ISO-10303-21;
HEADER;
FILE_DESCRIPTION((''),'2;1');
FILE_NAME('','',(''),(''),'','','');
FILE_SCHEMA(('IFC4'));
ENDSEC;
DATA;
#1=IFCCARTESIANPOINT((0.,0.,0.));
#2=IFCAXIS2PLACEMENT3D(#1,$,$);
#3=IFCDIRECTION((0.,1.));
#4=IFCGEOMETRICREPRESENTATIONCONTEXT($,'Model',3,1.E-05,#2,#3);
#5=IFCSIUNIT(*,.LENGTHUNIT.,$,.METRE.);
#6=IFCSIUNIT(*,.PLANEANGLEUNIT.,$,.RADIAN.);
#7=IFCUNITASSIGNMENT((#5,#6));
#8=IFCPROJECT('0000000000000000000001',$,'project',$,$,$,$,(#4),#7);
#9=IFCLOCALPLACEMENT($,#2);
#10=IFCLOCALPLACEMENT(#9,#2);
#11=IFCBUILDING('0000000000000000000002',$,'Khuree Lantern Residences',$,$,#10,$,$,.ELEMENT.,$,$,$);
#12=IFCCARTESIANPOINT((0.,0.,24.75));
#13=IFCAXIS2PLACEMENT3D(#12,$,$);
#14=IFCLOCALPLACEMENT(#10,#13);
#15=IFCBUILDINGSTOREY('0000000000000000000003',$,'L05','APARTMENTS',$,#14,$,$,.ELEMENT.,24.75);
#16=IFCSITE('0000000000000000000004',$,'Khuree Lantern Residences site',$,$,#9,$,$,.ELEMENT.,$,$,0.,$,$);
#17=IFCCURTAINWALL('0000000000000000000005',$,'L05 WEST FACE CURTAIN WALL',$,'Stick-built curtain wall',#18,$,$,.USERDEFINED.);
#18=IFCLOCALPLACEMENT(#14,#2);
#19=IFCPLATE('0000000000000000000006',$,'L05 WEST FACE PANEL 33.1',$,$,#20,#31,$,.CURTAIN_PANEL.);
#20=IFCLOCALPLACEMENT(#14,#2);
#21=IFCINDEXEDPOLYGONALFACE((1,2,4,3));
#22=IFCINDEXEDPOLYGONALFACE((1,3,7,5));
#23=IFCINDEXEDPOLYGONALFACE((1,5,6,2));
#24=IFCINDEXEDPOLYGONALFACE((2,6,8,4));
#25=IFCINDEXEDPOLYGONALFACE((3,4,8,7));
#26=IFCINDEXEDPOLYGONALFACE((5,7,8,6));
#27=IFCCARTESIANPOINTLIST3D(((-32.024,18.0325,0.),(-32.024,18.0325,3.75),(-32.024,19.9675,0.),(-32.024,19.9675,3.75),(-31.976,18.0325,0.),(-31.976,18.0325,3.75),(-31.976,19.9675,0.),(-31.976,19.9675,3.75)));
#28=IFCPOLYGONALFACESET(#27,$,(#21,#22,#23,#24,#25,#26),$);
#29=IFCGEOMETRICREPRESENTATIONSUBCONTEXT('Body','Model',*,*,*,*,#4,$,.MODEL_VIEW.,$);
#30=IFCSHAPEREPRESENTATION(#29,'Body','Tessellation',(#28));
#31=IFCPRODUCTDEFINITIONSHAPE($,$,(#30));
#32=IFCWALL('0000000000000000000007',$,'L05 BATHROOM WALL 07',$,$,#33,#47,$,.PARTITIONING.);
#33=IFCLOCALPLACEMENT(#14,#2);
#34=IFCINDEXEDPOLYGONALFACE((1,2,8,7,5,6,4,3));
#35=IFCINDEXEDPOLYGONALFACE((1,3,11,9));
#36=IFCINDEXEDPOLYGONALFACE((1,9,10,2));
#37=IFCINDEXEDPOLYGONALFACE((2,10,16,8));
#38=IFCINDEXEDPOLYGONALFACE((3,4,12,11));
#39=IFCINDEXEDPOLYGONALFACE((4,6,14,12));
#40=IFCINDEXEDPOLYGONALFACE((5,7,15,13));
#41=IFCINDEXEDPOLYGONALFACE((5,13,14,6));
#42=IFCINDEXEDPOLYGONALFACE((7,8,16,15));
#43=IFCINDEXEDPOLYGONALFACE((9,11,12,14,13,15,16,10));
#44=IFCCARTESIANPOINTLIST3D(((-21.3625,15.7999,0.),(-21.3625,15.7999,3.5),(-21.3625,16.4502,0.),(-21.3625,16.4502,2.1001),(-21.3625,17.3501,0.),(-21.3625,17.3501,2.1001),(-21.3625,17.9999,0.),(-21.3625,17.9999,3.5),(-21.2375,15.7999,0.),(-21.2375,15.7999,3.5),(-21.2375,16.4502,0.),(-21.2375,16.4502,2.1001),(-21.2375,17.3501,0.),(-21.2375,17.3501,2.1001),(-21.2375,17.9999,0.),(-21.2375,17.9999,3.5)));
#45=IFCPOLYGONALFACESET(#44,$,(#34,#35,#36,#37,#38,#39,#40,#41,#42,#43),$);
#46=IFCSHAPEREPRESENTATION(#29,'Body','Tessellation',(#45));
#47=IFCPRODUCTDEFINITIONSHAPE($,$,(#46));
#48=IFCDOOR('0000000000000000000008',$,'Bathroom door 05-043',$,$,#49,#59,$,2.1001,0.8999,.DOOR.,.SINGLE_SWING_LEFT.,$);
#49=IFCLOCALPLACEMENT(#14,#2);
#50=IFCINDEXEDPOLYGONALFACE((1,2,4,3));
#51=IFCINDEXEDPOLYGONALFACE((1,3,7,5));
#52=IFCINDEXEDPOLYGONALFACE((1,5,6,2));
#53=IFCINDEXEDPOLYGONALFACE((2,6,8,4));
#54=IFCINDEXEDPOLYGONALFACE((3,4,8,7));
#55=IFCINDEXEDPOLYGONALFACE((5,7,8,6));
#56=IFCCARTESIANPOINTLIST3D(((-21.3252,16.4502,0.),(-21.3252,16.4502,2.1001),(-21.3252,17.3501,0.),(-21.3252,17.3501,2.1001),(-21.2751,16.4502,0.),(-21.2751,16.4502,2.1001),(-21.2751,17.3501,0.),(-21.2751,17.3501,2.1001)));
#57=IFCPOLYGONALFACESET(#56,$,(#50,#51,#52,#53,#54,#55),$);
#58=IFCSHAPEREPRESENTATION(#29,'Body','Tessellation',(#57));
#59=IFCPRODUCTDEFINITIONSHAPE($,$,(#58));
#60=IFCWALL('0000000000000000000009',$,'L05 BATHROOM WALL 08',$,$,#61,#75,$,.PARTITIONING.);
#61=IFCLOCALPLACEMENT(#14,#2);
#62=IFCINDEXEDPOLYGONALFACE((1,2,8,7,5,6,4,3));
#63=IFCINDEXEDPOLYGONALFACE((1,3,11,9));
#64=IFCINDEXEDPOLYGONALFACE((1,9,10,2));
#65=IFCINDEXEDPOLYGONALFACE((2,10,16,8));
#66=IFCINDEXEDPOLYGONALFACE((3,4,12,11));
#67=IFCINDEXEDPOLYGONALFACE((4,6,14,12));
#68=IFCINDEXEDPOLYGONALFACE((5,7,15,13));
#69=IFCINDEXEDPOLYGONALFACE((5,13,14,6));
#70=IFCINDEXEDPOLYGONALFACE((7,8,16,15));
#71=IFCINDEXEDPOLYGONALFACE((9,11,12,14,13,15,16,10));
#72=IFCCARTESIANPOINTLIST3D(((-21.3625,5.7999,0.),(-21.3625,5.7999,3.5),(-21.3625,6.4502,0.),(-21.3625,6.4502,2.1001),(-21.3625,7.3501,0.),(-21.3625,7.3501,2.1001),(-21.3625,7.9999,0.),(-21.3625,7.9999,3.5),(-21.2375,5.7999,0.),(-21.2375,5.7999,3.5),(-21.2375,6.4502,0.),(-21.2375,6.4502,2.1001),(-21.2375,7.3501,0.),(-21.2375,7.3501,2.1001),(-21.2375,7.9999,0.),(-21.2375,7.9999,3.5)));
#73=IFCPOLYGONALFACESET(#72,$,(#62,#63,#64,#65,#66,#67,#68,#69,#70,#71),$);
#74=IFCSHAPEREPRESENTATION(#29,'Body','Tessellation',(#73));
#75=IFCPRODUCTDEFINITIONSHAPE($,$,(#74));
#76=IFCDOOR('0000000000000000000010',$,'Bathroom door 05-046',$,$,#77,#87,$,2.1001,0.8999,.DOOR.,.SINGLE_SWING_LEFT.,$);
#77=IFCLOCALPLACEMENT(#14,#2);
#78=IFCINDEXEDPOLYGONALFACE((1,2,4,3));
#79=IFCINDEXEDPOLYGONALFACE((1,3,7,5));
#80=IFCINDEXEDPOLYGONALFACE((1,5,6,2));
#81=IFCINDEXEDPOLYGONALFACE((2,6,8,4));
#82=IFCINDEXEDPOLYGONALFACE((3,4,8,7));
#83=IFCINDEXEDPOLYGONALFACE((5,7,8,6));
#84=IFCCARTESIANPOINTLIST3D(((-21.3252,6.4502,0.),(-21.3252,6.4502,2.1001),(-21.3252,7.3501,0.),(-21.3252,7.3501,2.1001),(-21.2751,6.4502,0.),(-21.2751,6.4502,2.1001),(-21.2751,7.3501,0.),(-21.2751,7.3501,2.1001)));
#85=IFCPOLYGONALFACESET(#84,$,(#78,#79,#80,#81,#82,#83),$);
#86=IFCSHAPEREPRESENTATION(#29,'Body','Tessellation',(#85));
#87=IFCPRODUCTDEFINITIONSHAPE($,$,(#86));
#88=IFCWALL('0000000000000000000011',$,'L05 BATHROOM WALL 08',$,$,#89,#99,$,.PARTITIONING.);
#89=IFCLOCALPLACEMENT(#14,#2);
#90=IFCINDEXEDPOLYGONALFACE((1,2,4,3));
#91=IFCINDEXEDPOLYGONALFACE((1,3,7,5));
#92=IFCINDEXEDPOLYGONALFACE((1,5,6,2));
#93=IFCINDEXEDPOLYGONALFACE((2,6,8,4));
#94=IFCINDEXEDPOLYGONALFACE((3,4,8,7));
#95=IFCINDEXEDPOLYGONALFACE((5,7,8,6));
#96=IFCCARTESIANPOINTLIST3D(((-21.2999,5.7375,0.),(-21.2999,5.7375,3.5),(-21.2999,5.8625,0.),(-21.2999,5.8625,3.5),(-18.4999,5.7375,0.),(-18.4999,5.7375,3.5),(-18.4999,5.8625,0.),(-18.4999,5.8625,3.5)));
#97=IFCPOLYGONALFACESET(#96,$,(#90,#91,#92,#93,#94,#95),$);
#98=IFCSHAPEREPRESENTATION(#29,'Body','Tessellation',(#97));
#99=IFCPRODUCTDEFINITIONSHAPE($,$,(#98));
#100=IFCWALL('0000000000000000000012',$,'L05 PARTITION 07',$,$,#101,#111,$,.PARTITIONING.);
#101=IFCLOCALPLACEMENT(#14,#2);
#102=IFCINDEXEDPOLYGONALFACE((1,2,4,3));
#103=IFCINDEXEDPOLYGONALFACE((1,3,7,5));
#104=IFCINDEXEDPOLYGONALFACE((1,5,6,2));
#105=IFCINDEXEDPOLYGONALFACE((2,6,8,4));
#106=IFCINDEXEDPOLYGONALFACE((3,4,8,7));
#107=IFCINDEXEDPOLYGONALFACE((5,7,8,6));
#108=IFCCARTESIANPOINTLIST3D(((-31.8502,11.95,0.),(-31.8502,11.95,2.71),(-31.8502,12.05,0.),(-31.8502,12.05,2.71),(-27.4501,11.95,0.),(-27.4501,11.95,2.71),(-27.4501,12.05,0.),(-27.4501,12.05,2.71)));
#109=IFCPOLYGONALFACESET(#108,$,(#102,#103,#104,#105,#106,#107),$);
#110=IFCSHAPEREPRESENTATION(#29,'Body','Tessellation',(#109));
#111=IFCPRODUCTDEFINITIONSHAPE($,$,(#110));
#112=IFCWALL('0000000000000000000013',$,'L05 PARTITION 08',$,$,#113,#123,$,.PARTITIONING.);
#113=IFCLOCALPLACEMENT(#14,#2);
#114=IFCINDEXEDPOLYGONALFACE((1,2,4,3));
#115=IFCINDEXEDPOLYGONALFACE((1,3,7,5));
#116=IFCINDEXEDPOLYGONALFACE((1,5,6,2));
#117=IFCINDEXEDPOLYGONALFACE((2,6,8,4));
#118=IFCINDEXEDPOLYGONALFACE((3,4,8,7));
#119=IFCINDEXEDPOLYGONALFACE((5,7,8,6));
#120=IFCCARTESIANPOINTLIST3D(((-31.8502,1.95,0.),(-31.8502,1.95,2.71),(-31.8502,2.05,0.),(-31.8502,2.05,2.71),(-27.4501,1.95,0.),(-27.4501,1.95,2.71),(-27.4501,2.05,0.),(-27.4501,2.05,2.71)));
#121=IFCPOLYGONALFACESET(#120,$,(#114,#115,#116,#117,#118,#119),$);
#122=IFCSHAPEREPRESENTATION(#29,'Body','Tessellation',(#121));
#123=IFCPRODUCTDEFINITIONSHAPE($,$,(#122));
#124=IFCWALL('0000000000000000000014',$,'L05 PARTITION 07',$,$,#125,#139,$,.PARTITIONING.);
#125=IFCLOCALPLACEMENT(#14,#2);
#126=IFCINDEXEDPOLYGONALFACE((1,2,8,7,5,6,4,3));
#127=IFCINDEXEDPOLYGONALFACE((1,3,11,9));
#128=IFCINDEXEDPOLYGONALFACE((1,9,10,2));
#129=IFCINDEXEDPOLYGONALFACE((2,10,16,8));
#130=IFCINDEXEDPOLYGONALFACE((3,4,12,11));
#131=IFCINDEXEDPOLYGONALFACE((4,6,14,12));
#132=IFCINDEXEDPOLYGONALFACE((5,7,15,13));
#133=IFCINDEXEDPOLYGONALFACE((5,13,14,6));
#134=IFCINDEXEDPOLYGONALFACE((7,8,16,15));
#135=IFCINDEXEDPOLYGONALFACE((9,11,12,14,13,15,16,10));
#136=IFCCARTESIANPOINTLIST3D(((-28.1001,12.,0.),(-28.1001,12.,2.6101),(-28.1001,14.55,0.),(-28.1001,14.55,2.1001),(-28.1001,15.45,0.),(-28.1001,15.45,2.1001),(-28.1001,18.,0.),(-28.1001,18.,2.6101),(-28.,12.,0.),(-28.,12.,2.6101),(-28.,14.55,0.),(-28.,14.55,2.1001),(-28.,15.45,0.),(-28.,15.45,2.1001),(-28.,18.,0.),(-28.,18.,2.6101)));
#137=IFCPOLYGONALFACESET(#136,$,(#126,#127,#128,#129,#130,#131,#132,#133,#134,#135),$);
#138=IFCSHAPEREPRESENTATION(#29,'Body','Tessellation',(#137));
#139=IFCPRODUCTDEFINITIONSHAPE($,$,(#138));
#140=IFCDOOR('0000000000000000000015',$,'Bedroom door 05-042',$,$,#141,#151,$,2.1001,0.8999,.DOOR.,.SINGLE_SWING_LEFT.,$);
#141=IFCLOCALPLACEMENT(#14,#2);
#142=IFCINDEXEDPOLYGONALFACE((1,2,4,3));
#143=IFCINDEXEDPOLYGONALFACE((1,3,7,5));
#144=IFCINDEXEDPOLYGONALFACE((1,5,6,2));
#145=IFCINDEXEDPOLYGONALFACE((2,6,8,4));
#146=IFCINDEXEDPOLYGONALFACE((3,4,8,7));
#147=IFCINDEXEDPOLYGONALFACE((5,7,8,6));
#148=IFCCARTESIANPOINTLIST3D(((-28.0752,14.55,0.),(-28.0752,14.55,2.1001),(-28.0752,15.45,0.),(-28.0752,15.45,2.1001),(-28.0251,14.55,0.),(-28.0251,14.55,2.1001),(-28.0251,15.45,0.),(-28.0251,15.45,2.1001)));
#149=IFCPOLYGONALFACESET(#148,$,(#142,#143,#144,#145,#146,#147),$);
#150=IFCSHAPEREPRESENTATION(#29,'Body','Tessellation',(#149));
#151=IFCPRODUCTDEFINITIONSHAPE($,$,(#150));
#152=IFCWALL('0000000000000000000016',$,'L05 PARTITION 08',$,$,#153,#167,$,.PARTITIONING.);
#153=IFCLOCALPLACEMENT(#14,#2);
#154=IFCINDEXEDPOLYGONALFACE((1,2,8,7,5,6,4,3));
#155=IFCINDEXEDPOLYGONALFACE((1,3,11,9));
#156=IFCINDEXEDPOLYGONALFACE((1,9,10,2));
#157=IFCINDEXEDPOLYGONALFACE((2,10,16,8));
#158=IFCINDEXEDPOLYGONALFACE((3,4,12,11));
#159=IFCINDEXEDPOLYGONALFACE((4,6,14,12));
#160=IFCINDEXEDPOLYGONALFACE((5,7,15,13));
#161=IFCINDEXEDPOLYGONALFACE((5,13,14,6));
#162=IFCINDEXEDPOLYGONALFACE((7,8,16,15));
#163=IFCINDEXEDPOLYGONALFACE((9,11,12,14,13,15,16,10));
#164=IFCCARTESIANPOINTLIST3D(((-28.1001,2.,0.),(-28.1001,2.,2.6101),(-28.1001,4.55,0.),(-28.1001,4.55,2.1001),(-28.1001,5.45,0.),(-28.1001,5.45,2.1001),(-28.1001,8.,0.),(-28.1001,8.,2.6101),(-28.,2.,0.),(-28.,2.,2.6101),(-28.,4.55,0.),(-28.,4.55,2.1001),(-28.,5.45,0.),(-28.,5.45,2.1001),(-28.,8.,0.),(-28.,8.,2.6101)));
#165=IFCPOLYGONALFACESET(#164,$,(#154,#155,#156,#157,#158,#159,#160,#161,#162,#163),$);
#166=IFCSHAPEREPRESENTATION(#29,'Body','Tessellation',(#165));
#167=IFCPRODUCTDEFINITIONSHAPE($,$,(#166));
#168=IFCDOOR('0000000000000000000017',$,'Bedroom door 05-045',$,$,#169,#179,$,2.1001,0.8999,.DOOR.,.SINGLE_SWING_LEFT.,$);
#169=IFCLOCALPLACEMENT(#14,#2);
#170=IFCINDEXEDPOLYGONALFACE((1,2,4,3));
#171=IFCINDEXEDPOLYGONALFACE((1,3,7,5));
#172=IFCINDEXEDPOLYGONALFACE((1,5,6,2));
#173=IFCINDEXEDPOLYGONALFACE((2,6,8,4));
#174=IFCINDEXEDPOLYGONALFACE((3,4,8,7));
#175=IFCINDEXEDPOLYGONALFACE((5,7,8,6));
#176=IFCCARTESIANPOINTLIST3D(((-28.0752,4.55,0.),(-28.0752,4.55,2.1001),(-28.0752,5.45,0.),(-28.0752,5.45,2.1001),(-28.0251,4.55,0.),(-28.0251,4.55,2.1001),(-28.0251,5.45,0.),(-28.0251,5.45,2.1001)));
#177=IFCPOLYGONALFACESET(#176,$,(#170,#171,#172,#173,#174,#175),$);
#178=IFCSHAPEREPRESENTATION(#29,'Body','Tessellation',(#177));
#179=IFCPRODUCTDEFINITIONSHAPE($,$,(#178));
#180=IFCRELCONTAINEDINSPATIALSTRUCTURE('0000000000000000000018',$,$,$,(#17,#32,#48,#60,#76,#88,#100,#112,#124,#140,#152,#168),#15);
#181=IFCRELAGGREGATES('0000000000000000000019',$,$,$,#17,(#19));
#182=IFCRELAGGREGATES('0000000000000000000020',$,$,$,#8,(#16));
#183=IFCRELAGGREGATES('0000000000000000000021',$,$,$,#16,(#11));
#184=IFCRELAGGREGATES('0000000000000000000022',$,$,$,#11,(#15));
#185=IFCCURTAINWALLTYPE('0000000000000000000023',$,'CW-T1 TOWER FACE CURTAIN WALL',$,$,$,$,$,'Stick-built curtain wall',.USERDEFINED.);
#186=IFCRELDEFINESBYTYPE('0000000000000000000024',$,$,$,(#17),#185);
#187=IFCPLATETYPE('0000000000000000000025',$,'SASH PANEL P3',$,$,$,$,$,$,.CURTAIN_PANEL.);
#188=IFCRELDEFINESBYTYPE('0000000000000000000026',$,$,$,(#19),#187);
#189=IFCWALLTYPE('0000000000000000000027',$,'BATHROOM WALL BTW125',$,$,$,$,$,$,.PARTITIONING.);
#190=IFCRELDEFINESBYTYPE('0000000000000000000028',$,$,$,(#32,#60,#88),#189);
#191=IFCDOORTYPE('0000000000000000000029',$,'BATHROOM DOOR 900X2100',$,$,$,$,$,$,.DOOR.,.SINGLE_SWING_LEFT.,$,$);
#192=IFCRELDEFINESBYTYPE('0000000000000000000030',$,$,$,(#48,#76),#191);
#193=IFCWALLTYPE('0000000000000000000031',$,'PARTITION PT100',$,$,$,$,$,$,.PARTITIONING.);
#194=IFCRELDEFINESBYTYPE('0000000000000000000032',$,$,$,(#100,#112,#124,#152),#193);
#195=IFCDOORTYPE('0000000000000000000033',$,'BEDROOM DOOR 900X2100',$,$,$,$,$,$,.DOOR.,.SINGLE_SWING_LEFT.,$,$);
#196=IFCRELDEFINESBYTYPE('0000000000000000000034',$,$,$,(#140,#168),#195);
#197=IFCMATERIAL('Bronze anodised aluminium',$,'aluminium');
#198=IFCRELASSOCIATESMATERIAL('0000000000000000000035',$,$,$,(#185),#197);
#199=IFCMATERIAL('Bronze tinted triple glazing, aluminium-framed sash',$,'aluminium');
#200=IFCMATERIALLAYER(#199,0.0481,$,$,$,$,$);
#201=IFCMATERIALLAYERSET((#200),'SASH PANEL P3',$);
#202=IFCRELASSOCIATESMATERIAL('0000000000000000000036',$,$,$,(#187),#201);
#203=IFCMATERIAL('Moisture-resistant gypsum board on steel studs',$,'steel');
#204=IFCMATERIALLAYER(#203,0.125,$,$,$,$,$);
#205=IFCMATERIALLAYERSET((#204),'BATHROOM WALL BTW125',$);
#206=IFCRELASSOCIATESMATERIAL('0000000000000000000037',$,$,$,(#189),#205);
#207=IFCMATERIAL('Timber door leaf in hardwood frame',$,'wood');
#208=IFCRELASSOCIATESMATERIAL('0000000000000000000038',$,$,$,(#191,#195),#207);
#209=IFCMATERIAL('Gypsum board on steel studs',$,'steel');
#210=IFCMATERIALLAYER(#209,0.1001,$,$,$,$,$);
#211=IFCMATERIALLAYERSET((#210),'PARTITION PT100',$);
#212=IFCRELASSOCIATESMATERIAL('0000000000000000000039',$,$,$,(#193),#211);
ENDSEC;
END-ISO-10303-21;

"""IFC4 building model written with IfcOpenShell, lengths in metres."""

from ifc_helpers import new_model, si_unit, direction, frame, frame_2d, origin, origin_2d, place, context, subcontext, project, spatial, rectangle, extrude, material, layer, layer_set, type_object, element, fill, aggregate, save


model = new_model("IFC4")

# Units and contexts
model_context = context("Model", 3, precision=1e-05, world=origin(), true_north=direction((0.0, 1.0)))
body_context = subcontext(model_context, "Body", "Model", "MODEL_VIEW")
ifc_project = project(units=[si_unit("LENGTHUNIT", "METRE"), si_unit("PLANEANGLEUNIT", "RADIAN")], contexts=[model_context])

# Site, building, storey
site_placement = place(None, origin())
site = spatial("IfcSite", under=ifc_project, at=site_placement, Name="Khuree Lantern Residences site", CompositionType="ELEMENT", RefElevation=0.0)
building_placement = place(site_placement, origin())
building = spatial("IfcBuilding", under=site, at=building_placement, Name="Khuree Lantern Residences", CompositionType="ELEMENT")
storey_placement = place(building_placement, frame((0.0, 0.0, 24.75)))
storey = spatial("IfcBuildingStorey", under=building, at=storey_placement, Name="L05", Description="APARTMENTS", CompositionType="ELEMENT", Elevation=24.75)

# Curtain wall
ifc_material_1 = material(Name="Bronze anodised aluminium", Category="aluminium")
curtain_wall_type = type_object("IfcCurtainWallType", Name="CW-T1 TOWER FACE CURTAIN WALL", ElementType="Stick-built curtain wall", PredefinedType="USERDEFINED", material=ifc_material_1)
curtain_wall_placement = place(storey_placement, origin())
curtain_wall = element("IfcCurtainWall", 1, at=curtain_wall_placement, inside=storey, type_object=curtain_wall_type, Name="L05 WEST FACE CURTAIN WALL", ObjectType="Stick-built curtain wall", PredefinedType="USERDEFINED")

# Plate
ifc_material_2 = material(Name="Bronze tinted triple glazing, aluminium-framed sash", Category="aluminium")
ifc_layer_1 = layer(ifc_material_2, 0.0481)
ifc_layer_set_1 = layer_set([ifc_layer_1], Name="SASH PANEL P3")
plate_type_1 = type_object("IfcPlateType", Name="SASH PANEL P3", PredefinedType="CURTAIN_PANEL", material=ifc_layer_set_1)
plate_1_placement = place(storey_placement, frame((-32.0, 19.0, 0.0), z_axis=(0.0, 0.0, 1.0), x_axis=(0.0, -1.0, 0.0)))
plate_1 = element("IfcPlate", 2, at=plate_1_placement, type_object=plate_type_1, Name="L05 WEST FACE PANEL 33.1", PredefinedType="CURTAIN_PANEL", context=body_context, shape_type="SweptSolid", body=[
    extrude(rectangle(XDim=1.9351, YDim=0.0481, at=origin_2d()), origin(), (0.0, 0.0, 1.0), 3.75),
])
aggregate(curtain_wall, [plate_1])

# Walls, openings, doors
ifc_material_3 = material(Name="Moisture-resistant gypsum board on steel studs", Category="steel")
ifc_layer_2 = layer(ifc_material_3, 0.125)
ifc_layer_set_2 = layer_set([ifc_layer_2], Name="BATHROOM WALL BTW125")
wall_type_1 = type_object("IfcWallType", Name="BATHROOM WALL BTW125", PredefinedType="PARTITIONING", material=ifc_layer_set_2)
wall_1_placement = place(storey_placement, frame((-21.3, 18.0, 0.0), z_axis=(0.0, 0.0, 1.0), x_axis=(0.0, -1.0, 0.0)))
wall_1 = element("IfcWall", 3, at=wall_1_placement, inside=storey, type_object=wall_type_1, Name="L05 BATHROOM WALL 07", PredefinedType="PARTITIONING", context=body_context, shape_type="SweptSolid", body=[
    extrude(rectangle(XDim=2.2, YDim=0.125, at=frame_2d((1.1001, 0.0))), origin(), (0.0, 0.0, 1.0), 3.5),
])
opening_1_placement = place(wall_1_placement, frame((0.6499, 0.0, 0.0)))
opening_1 = element("IfcOpeningElement", 4, at=opening_1_placement, cuts=wall_1, PredefinedType="OPENING", context=body_context, shape_type="SweptSolid", body=[
    extrude(rectangle(XDim=0.8999, YDim=2.1001, at=frame_2d((0.45, 1.05))), frame((0.0, 0.0725, 0.0), z_axis=(0.0, -1.0, 0.0), x_axis=(1.0, 0.0, 0.0)), (0.0, 0.0, 1.0), 0.145),
])
ifc_material_4 = material(Name="Timber door leaf in hardwood frame", Category="wood")
door_type_1 = type_object("IfcDoorType", Name="BATHROOM DOOR 900X2100", OperationType="SINGLE_SWING_LEFT", PredefinedType="DOOR", material=ifc_material_4)
door_1_placement = place(opening_1_placement, origin())
door_1 = element("IfcDoor", 5, at=door_1_placement, inside=storey, type_object=door_type_1, Name="Bathroom door 05-043", OperationType="SINGLE_SWING_LEFT", OverallHeight=2.1001, OverallWidth=0.8999, PredefinedType="DOOR", context=body_context, shape_type="SweptSolid", body=[
    extrude(rectangle(XDim=0.8999, YDim=2.1001, at=frame_2d((0.45, 1.05))), frame((0.0, 0.0249, 0.0), z_axis=(0.0, -1.0, 0.0), x_axis=(1.0, 0.0, 0.0)), (0.0, 0.0, 1.0), 0.05),
])
fill(opening_1, door_1)
wall_2_placement = place(storey_placement, frame((-21.3, 8.0, 0.0), z_axis=(0.0, 0.0, 1.0), x_axis=(0.0, -1.0, 0.0)))
wall_2 = element("IfcWall", 6, at=wall_2_placement, inside=storey, type_object=wall_type_1, Name="L05 BATHROOM WALL 08", PredefinedType="PARTITIONING", context=body_context, shape_type="SweptSolid", body=[
    extrude(rectangle(XDim=2.2, YDim=0.125, at=frame_2d((1.1001, 0.0))), origin(), (0.0, 0.0, 1.0), 3.5),
])
opening_2_placement = place(wall_2_placement, frame((0.6499, 0.0, 0.0)))
opening_2 = element("IfcOpeningElement", 7, at=opening_2_placement, cuts=wall_2, PredefinedType="OPENING", context=body_context, shape_type="SweptSolid", body=[
    extrude(rectangle(XDim=0.8999, YDim=2.1001, at=frame_2d((0.45, 1.05))), frame((0.0, 0.0725, 0.0), z_axis=(0.0, -1.0, 0.0), x_axis=(1.0, 0.0, 0.0)), (0.0, 0.0, 1.0), 0.145),
])
door_2_placement = place(opening_2_placement, origin())
door_2 = element("IfcDoor", 8, at=door_2_placement, inside=storey, type_object=door_type_1, Name="Bathroom door 05-046", OperationType="SINGLE_SWING_LEFT", OverallHeight=2.1001, OverallWidth=0.8999, PredefinedType="DOOR", context=body_context, shape_type="SweptSolid", body=[
    extrude(rectangle(XDim=0.8999, YDim=2.1001, at=frame_2d((0.45, 1.05))), frame((0.0, 0.0249, 0.0), z_axis=(0.0, -1.0, 0.0), x_axis=(1.0, 0.0, 0.0)), (0.0, 0.0, 1.0), 0.05),
])
fill(opening_2, door_2)

# Walls
wall_3_placement = place(storey_placement, frame((-18.5, 5.8, 0.0), z_axis=(0.0, 0.0, 1.0), x_axis=(-1.0, 0.0, 0.0)))
element("IfcWall", 9, at=wall_3_placement, inside=storey, type_object=wall_type_1, Name="L05 BATHROOM WALL 08", PredefinedType="PARTITIONING", context=body_context, shape_type="SweptSolid", body=[
    extrude(rectangle(XDim=2.8, YDim=0.125, at=frame_2d((1.3999, 0.0))), origin(), (0.0, 0.0, 1.0), 3.5),
])
ifc_material_5 = material(Name="Gypsum board on steel studs", Category="steel")
ifc_layer_3 = layer(ifc_material_5, 0.1001)
ifc_layer_set_3 = layer_set([ifc_layer_3], Name="PARTITION PT100")
wall_type_2 = type_object("IfcWallType", Name="PARTITION PT100", PredefinedType="PARTITIONING", material=ifc_layer_set_3)
for number, where, z_axis, x_axis, name in (
    (10, (-27.45, 12.0, 0.0), (0.0, 0.0, 1.0), (-1.0, 0.0, 0.0), "L05 PARTITION 07"),
    (11, (-27.45, 2.0, 0.0), (0.0, 0.0, 1.0), (-1.0, 0.0, 0.0), "L05 PARTITION 08"),
):
    element("IfcWall", number, at=place(storey_placement, frame(where, z_axis=z_axis, x_axis=x_axis)), inside=storey, type_object=wall_type_2, Name=name, PredefinedType="PARTITIONING", context=body_context, shape_type="SweptSolid", body=[
        extrude(rectangle(XDim=4.4001, YDim=0.1001, at=frame_2d((2.2002, 0.0))), origin(), (0.0, 0.0, 1.0), 2.71),
    ])

# Walls, openings, doors
wall_4_placement = place(storey_placement, frame((-28.05, 18.0, 0.0), z_axis=(0.0, 0.0, 1.0), x_axis=(0.0, -1.0, 0.0)))
wall_4 = element("IfcWall", 12, at=wall_4_placement, inside=storey, type_object=wall_type_2, Name="L05 PARTITION 07", PredefinedType="PARTITIONING", context=body_context, shape_type="SweptSolid", body=[
    extrude(rectangle(XDim=6.0, YDim=0.1001, at=frame_2d((3.0, 0.0))), origin(), (0.0, 0.0, 1.0), 2.6101),
])
opening_3_placement = place(wall_4_placement, frame((2.55, 0.0, 0.0)))
opening_3 = element("IfcOpeningElement", 13, at=opening_3_placement, cuts=wall_4, PredefinedType="OPENING", context=body_context, shape_type="SweptSolid", body=[
    extrude(rectangle(XDim=0.8999, YDim=2.1001, at=frame_2d((0.45, 1.05))), frame((0.0, 0.0601, 0.0), z_axis=(0.0, -1.0, 0.0), x_axis=(1.0, 0.0, 0.0)), (0.0, 0.0, 1.0), 0.1201),
])
door_type_2 = type_object("IfcDoorType", Name="BEDROOM DOOR 900X2100", OperationType="SINGLE_SWING_LEFT", PredefinedType="DOOR", material=ifc_material_4)
door_3_placement = place(opening_3_placement, origin())
door_3 = element("IfcDoor", 14, at=door_3_placement, inside=storey, type_object=door_type_2, Name="Bedroom door 05-042", OperationType="SINGLE_SWING_LEFT", OverallHeight=2.1001, OverallWidth=0.8999, PredefinedType="DOOR", context=body_context, shape_type="SweptSolid", body=[
    extrude(rectangle(XDim=0.8999, YDim=2.1001, at=frame_2d((0.45, 1.05))), frame((0.0, 0.0249, 0.0), z_axis=(0.0, -1.0, 0.0), x_axis=(1.0, 0.0, 0.0)), (0.0, 0.0, 1.0), 0.05),
])
fill(opening_3, door_3)
wall_5_placement = place(storey_placement, frame((-28.05, 8.0, 0.0), z_axis=(0.0, 0.0, 1.0), x_axis=(0.0, -1.0, 0.0)))
wall_5 = element("IfcWall", 15, at=wall_5_placement, inside=storey, type_object=wall_type_2, Name="L05 PARTITION 08", PredefinedType="PARTITIONING", context=body_context, shape_type="SweptSolid", body=[
    extrude(rectangle(XDim=6.0, YDim=0.1001, at=frame_2d((3.0, 0.0))), origin(), (0.0, 0.0, 1.0), 2.6101),
])
opening_4_placement = place(wall_5_placement, frame((2.55, 0.0, 0.0)))
opening_4 = element("IfcOpeningElement", 16, at=opening_4_placement, cuts=wall_5, PredefinedType="OPENING", context=body_context, shape_type="SweptSolid", body=[
    extrude(rectangle(XDim=0.8999, YDim=2.1001, at=frame_2d((0.45, 1.05))), frame((0.0, 0.0601, 0.0), z_axis=(0.0, -1.0, 0.0), x_axis=(1.0, 0.0, 0.0)), (0.0, 0.0, 1.0), 0.1201),
])
door_4_placement = place(opening_4_placement, origin())
door_4 = element("IfcDoor", 17, at=door_4_placement, inside=storey, type_object=door_type_2, Name="Bedroom door 05-045", OperationType="SINGLE_SWING_LEFT", OverallHeight=2.1001, OverallWidth=0.8999, PredefinedType="DOOR", context=body_context, shape_type="SweptSolid", body=[
    extrude(rectangle(XDim=0.8999, YDim=2.1001, at=frame_2d((0.45, 1.05))), frame((0.0, 0.0249, 0.0), z_axis=(0.0, -1.0, 0.0), x_axis=(1.0, 0.0, 0.0)), (0.0, 0.0, 1.0), 0.05),
])
fill(opening_4, door_4)

save(model, "model.ifc")
